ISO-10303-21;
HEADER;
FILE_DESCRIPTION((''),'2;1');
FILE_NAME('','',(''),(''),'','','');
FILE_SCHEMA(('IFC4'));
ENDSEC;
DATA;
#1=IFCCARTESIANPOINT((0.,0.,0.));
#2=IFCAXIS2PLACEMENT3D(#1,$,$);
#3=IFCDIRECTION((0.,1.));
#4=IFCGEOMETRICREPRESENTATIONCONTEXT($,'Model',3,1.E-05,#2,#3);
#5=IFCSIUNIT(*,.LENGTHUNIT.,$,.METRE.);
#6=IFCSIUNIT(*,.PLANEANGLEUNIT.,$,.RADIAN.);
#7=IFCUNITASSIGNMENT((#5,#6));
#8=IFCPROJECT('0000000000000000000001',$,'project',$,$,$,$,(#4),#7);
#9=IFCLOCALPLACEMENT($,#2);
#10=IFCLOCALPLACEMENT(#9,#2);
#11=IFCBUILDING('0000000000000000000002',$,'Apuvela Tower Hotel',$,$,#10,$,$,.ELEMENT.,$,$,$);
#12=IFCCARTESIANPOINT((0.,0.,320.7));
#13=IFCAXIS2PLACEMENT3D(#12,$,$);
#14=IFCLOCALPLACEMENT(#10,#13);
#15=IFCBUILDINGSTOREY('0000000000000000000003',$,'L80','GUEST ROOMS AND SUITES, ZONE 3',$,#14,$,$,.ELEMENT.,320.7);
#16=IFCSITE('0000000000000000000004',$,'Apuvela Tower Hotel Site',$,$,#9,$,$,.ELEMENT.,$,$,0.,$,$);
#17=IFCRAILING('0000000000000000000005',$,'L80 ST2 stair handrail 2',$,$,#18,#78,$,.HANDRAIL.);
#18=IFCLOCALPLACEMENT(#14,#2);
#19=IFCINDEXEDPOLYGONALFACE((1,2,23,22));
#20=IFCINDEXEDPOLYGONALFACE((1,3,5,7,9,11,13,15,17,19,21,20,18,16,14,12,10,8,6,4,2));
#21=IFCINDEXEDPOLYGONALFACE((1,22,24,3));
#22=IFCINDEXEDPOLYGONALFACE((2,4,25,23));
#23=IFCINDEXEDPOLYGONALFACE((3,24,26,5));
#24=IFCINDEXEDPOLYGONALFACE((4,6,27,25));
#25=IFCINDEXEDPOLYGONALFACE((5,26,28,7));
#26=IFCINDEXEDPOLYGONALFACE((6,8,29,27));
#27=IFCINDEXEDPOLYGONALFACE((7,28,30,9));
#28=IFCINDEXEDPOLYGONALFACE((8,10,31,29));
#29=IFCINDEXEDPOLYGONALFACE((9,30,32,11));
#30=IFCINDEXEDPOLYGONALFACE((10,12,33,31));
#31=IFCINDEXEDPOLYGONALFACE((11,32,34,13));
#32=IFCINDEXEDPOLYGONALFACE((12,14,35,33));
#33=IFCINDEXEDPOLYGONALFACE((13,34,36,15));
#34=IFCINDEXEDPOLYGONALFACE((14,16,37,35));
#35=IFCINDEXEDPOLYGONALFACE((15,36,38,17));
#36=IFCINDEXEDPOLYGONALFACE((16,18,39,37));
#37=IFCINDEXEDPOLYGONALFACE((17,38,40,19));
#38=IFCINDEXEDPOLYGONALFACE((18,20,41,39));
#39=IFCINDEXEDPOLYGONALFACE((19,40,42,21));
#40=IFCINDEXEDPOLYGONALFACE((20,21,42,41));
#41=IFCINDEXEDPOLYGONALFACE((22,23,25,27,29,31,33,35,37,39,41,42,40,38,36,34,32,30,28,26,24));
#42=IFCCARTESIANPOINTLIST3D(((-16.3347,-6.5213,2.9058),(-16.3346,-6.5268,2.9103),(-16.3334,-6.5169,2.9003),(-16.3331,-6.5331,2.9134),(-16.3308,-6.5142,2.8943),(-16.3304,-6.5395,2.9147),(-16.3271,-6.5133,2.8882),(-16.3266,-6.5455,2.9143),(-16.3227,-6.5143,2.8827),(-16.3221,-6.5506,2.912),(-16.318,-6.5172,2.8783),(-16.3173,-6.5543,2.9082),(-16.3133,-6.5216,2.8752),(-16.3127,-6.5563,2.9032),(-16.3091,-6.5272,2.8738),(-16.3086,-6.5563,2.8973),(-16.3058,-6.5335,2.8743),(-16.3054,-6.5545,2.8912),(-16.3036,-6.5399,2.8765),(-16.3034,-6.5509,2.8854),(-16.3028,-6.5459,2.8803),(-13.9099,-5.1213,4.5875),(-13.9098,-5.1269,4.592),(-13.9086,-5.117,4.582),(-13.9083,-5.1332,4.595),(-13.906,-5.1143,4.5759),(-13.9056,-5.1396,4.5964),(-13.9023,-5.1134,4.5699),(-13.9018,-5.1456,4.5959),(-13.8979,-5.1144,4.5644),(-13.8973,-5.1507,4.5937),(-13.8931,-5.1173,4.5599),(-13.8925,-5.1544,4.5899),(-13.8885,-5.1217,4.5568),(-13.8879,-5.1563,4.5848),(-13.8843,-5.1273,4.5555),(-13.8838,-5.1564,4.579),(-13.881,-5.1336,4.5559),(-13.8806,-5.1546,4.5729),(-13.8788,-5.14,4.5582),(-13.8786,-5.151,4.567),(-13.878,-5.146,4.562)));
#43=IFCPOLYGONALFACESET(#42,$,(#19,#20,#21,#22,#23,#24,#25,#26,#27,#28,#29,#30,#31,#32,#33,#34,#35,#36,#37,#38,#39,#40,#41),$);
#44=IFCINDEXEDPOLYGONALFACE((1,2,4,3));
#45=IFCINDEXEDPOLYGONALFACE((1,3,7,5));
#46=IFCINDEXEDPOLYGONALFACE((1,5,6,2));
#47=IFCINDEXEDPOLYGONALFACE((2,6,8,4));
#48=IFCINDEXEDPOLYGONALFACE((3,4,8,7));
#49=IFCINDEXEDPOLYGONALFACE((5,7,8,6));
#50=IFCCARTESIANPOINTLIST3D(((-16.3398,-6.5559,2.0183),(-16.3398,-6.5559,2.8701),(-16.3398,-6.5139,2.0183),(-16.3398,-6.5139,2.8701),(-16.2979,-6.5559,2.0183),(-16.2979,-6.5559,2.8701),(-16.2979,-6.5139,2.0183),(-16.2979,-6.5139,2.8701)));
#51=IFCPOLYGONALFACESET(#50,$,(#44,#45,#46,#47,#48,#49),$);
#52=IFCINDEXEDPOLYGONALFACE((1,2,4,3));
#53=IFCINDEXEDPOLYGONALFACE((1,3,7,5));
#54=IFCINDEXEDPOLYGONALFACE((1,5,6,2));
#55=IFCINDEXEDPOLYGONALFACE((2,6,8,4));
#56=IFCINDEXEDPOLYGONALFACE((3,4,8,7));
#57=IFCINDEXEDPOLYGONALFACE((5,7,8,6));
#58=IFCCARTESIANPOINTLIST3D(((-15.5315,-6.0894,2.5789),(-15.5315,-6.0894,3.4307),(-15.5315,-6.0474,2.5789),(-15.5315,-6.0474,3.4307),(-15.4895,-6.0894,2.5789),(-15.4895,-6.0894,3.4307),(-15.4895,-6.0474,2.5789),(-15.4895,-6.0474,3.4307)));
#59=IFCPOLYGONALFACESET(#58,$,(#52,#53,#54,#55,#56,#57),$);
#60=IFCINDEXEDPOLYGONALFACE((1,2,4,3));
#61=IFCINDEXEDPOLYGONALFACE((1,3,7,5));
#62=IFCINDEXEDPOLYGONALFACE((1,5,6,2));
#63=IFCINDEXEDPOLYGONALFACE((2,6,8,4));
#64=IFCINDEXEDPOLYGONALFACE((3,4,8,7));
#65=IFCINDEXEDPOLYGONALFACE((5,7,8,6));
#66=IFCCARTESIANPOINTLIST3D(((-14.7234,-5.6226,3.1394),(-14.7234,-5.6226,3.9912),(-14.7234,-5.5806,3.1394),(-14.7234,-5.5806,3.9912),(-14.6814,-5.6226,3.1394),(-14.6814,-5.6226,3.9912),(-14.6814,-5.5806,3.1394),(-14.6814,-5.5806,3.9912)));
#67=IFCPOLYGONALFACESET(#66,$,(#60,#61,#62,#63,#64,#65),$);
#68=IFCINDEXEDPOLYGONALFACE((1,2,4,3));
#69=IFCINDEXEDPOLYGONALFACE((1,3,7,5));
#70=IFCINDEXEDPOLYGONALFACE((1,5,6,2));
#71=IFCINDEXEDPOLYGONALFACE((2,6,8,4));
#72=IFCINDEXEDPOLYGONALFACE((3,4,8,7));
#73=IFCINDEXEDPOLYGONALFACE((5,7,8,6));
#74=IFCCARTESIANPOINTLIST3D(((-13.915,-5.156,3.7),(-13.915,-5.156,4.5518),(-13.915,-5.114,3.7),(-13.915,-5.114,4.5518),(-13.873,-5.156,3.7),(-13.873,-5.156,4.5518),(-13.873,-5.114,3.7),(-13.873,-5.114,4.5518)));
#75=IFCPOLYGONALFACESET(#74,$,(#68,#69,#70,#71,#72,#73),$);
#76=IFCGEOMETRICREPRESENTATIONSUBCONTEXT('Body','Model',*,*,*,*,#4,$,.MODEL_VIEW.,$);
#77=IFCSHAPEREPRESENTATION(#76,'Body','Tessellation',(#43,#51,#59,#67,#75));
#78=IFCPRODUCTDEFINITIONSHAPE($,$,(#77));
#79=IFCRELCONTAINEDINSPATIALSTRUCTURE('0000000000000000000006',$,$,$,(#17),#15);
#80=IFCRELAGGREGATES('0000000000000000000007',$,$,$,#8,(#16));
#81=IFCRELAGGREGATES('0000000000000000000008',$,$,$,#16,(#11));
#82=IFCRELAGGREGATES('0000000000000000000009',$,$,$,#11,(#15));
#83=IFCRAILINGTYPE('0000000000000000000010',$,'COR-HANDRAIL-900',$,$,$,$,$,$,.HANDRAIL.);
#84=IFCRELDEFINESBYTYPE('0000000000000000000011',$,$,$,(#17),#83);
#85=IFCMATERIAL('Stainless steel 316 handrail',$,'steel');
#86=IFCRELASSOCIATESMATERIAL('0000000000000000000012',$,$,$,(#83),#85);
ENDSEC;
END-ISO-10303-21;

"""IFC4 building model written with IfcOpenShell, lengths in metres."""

from ifc_helpers import new_model, si_unit, direction, frame, origin, origin_2d, place, context, subcontext, project, spatial, rectangle, circle, extrude, material, type_object, element, save


model = new_model("IFC4")

# Units and contexts
model_context = context("Model", 3, precision=1e-05, world=origin(), true_north=direction((0.0, 1.0)))
body_context = subcontext(model_context, "Body", "Model", "MODEL_VIEW")
ifc_project = project(units=[si_unit("LENGTHUNIT", "METRE"), si_unit("PLANEANGLEUNIT", "RADIAN")], contexts=[model_context])

# Site, building, storey
site_placement = place(None, origin())
site = spatial("IfcSite", under=ifc_project, at=site_placement, Name="Apuvela Tower Hotel Site", CompositionType="ELEMENT", RefElevation=0.0)
building_placement = place(site_placement, origin())
building = spatial("IfcBuilding", under=site, at=building_placement, Name="Apuvela Tower Hotel", CompositionType="ELEMENT")
storey_placement = place(building_placement, frame((0.0, 0.0, 320.7)))
storey = spatial("IfcBuildingStorey", under=building, at=storey_placement, Name="L80", Description="GUEST ROOMS AND SUITES, ZONE 3", CompositionType="ELEMENT", Elevation=320.7)

# Railing
ifc_material_1 = material(Name="Stainless steel 316 handrail", Category="steel")
railing_type_1 = type_object("IfcRailingType", Name="COR-HANDRAIL-900", PredefinedType="HANDRAIL", material=ifc_material_1)
railing_1_placement = place(storey_placement, frame((-16.3188, -6.5349, 2.0183)))
element("IfcRailing", 1, at=railing_1_placement, inside=storey, type_object=railing_type_1, Name="L80 ST2 stair handrail 2", PredefinedType="HANDRAIL", context=body_context, shape_type="SweptSolid", body=[
    extrude(circle(Radius=0.0239, at=origin_2d()), frame((0.0, 0.0, 0.876), z_axis=(0.742419, 0.428618, 0.514879), x_axis=(-0.499984, 0.866035, 0.0)), (0.0, 0.0, 1.0), 3.2661),
    extrude(rectangle(XDim=0.042, YDim=0.042, at=origin_2d()), origin(), (0.0, 0.0, 1.0), 0.8518),
    extrude(rectangle(XDim=0.042, YDim=0.042, at=origin_2d()), frame((0.8083, 0.4666, 0.5605)), (0.0, 0.0, 1.0), 0.8518),
    extrude(rectangle(XDim=0.042, YDim=0.042, at=origin_2d()), frame((1.6165, 0.9333, 1.1211)), (0.0, 0.0, 1.0), 0.8518),
    extrude(rectangle(XDim=0.042, YDim=0.042, at=origin_2d()), frame((2.4248, 1.3999, 1.6816)), (0.0, 0.0, 1.0), 0.8518),
])

save(model, "model.ifc")
